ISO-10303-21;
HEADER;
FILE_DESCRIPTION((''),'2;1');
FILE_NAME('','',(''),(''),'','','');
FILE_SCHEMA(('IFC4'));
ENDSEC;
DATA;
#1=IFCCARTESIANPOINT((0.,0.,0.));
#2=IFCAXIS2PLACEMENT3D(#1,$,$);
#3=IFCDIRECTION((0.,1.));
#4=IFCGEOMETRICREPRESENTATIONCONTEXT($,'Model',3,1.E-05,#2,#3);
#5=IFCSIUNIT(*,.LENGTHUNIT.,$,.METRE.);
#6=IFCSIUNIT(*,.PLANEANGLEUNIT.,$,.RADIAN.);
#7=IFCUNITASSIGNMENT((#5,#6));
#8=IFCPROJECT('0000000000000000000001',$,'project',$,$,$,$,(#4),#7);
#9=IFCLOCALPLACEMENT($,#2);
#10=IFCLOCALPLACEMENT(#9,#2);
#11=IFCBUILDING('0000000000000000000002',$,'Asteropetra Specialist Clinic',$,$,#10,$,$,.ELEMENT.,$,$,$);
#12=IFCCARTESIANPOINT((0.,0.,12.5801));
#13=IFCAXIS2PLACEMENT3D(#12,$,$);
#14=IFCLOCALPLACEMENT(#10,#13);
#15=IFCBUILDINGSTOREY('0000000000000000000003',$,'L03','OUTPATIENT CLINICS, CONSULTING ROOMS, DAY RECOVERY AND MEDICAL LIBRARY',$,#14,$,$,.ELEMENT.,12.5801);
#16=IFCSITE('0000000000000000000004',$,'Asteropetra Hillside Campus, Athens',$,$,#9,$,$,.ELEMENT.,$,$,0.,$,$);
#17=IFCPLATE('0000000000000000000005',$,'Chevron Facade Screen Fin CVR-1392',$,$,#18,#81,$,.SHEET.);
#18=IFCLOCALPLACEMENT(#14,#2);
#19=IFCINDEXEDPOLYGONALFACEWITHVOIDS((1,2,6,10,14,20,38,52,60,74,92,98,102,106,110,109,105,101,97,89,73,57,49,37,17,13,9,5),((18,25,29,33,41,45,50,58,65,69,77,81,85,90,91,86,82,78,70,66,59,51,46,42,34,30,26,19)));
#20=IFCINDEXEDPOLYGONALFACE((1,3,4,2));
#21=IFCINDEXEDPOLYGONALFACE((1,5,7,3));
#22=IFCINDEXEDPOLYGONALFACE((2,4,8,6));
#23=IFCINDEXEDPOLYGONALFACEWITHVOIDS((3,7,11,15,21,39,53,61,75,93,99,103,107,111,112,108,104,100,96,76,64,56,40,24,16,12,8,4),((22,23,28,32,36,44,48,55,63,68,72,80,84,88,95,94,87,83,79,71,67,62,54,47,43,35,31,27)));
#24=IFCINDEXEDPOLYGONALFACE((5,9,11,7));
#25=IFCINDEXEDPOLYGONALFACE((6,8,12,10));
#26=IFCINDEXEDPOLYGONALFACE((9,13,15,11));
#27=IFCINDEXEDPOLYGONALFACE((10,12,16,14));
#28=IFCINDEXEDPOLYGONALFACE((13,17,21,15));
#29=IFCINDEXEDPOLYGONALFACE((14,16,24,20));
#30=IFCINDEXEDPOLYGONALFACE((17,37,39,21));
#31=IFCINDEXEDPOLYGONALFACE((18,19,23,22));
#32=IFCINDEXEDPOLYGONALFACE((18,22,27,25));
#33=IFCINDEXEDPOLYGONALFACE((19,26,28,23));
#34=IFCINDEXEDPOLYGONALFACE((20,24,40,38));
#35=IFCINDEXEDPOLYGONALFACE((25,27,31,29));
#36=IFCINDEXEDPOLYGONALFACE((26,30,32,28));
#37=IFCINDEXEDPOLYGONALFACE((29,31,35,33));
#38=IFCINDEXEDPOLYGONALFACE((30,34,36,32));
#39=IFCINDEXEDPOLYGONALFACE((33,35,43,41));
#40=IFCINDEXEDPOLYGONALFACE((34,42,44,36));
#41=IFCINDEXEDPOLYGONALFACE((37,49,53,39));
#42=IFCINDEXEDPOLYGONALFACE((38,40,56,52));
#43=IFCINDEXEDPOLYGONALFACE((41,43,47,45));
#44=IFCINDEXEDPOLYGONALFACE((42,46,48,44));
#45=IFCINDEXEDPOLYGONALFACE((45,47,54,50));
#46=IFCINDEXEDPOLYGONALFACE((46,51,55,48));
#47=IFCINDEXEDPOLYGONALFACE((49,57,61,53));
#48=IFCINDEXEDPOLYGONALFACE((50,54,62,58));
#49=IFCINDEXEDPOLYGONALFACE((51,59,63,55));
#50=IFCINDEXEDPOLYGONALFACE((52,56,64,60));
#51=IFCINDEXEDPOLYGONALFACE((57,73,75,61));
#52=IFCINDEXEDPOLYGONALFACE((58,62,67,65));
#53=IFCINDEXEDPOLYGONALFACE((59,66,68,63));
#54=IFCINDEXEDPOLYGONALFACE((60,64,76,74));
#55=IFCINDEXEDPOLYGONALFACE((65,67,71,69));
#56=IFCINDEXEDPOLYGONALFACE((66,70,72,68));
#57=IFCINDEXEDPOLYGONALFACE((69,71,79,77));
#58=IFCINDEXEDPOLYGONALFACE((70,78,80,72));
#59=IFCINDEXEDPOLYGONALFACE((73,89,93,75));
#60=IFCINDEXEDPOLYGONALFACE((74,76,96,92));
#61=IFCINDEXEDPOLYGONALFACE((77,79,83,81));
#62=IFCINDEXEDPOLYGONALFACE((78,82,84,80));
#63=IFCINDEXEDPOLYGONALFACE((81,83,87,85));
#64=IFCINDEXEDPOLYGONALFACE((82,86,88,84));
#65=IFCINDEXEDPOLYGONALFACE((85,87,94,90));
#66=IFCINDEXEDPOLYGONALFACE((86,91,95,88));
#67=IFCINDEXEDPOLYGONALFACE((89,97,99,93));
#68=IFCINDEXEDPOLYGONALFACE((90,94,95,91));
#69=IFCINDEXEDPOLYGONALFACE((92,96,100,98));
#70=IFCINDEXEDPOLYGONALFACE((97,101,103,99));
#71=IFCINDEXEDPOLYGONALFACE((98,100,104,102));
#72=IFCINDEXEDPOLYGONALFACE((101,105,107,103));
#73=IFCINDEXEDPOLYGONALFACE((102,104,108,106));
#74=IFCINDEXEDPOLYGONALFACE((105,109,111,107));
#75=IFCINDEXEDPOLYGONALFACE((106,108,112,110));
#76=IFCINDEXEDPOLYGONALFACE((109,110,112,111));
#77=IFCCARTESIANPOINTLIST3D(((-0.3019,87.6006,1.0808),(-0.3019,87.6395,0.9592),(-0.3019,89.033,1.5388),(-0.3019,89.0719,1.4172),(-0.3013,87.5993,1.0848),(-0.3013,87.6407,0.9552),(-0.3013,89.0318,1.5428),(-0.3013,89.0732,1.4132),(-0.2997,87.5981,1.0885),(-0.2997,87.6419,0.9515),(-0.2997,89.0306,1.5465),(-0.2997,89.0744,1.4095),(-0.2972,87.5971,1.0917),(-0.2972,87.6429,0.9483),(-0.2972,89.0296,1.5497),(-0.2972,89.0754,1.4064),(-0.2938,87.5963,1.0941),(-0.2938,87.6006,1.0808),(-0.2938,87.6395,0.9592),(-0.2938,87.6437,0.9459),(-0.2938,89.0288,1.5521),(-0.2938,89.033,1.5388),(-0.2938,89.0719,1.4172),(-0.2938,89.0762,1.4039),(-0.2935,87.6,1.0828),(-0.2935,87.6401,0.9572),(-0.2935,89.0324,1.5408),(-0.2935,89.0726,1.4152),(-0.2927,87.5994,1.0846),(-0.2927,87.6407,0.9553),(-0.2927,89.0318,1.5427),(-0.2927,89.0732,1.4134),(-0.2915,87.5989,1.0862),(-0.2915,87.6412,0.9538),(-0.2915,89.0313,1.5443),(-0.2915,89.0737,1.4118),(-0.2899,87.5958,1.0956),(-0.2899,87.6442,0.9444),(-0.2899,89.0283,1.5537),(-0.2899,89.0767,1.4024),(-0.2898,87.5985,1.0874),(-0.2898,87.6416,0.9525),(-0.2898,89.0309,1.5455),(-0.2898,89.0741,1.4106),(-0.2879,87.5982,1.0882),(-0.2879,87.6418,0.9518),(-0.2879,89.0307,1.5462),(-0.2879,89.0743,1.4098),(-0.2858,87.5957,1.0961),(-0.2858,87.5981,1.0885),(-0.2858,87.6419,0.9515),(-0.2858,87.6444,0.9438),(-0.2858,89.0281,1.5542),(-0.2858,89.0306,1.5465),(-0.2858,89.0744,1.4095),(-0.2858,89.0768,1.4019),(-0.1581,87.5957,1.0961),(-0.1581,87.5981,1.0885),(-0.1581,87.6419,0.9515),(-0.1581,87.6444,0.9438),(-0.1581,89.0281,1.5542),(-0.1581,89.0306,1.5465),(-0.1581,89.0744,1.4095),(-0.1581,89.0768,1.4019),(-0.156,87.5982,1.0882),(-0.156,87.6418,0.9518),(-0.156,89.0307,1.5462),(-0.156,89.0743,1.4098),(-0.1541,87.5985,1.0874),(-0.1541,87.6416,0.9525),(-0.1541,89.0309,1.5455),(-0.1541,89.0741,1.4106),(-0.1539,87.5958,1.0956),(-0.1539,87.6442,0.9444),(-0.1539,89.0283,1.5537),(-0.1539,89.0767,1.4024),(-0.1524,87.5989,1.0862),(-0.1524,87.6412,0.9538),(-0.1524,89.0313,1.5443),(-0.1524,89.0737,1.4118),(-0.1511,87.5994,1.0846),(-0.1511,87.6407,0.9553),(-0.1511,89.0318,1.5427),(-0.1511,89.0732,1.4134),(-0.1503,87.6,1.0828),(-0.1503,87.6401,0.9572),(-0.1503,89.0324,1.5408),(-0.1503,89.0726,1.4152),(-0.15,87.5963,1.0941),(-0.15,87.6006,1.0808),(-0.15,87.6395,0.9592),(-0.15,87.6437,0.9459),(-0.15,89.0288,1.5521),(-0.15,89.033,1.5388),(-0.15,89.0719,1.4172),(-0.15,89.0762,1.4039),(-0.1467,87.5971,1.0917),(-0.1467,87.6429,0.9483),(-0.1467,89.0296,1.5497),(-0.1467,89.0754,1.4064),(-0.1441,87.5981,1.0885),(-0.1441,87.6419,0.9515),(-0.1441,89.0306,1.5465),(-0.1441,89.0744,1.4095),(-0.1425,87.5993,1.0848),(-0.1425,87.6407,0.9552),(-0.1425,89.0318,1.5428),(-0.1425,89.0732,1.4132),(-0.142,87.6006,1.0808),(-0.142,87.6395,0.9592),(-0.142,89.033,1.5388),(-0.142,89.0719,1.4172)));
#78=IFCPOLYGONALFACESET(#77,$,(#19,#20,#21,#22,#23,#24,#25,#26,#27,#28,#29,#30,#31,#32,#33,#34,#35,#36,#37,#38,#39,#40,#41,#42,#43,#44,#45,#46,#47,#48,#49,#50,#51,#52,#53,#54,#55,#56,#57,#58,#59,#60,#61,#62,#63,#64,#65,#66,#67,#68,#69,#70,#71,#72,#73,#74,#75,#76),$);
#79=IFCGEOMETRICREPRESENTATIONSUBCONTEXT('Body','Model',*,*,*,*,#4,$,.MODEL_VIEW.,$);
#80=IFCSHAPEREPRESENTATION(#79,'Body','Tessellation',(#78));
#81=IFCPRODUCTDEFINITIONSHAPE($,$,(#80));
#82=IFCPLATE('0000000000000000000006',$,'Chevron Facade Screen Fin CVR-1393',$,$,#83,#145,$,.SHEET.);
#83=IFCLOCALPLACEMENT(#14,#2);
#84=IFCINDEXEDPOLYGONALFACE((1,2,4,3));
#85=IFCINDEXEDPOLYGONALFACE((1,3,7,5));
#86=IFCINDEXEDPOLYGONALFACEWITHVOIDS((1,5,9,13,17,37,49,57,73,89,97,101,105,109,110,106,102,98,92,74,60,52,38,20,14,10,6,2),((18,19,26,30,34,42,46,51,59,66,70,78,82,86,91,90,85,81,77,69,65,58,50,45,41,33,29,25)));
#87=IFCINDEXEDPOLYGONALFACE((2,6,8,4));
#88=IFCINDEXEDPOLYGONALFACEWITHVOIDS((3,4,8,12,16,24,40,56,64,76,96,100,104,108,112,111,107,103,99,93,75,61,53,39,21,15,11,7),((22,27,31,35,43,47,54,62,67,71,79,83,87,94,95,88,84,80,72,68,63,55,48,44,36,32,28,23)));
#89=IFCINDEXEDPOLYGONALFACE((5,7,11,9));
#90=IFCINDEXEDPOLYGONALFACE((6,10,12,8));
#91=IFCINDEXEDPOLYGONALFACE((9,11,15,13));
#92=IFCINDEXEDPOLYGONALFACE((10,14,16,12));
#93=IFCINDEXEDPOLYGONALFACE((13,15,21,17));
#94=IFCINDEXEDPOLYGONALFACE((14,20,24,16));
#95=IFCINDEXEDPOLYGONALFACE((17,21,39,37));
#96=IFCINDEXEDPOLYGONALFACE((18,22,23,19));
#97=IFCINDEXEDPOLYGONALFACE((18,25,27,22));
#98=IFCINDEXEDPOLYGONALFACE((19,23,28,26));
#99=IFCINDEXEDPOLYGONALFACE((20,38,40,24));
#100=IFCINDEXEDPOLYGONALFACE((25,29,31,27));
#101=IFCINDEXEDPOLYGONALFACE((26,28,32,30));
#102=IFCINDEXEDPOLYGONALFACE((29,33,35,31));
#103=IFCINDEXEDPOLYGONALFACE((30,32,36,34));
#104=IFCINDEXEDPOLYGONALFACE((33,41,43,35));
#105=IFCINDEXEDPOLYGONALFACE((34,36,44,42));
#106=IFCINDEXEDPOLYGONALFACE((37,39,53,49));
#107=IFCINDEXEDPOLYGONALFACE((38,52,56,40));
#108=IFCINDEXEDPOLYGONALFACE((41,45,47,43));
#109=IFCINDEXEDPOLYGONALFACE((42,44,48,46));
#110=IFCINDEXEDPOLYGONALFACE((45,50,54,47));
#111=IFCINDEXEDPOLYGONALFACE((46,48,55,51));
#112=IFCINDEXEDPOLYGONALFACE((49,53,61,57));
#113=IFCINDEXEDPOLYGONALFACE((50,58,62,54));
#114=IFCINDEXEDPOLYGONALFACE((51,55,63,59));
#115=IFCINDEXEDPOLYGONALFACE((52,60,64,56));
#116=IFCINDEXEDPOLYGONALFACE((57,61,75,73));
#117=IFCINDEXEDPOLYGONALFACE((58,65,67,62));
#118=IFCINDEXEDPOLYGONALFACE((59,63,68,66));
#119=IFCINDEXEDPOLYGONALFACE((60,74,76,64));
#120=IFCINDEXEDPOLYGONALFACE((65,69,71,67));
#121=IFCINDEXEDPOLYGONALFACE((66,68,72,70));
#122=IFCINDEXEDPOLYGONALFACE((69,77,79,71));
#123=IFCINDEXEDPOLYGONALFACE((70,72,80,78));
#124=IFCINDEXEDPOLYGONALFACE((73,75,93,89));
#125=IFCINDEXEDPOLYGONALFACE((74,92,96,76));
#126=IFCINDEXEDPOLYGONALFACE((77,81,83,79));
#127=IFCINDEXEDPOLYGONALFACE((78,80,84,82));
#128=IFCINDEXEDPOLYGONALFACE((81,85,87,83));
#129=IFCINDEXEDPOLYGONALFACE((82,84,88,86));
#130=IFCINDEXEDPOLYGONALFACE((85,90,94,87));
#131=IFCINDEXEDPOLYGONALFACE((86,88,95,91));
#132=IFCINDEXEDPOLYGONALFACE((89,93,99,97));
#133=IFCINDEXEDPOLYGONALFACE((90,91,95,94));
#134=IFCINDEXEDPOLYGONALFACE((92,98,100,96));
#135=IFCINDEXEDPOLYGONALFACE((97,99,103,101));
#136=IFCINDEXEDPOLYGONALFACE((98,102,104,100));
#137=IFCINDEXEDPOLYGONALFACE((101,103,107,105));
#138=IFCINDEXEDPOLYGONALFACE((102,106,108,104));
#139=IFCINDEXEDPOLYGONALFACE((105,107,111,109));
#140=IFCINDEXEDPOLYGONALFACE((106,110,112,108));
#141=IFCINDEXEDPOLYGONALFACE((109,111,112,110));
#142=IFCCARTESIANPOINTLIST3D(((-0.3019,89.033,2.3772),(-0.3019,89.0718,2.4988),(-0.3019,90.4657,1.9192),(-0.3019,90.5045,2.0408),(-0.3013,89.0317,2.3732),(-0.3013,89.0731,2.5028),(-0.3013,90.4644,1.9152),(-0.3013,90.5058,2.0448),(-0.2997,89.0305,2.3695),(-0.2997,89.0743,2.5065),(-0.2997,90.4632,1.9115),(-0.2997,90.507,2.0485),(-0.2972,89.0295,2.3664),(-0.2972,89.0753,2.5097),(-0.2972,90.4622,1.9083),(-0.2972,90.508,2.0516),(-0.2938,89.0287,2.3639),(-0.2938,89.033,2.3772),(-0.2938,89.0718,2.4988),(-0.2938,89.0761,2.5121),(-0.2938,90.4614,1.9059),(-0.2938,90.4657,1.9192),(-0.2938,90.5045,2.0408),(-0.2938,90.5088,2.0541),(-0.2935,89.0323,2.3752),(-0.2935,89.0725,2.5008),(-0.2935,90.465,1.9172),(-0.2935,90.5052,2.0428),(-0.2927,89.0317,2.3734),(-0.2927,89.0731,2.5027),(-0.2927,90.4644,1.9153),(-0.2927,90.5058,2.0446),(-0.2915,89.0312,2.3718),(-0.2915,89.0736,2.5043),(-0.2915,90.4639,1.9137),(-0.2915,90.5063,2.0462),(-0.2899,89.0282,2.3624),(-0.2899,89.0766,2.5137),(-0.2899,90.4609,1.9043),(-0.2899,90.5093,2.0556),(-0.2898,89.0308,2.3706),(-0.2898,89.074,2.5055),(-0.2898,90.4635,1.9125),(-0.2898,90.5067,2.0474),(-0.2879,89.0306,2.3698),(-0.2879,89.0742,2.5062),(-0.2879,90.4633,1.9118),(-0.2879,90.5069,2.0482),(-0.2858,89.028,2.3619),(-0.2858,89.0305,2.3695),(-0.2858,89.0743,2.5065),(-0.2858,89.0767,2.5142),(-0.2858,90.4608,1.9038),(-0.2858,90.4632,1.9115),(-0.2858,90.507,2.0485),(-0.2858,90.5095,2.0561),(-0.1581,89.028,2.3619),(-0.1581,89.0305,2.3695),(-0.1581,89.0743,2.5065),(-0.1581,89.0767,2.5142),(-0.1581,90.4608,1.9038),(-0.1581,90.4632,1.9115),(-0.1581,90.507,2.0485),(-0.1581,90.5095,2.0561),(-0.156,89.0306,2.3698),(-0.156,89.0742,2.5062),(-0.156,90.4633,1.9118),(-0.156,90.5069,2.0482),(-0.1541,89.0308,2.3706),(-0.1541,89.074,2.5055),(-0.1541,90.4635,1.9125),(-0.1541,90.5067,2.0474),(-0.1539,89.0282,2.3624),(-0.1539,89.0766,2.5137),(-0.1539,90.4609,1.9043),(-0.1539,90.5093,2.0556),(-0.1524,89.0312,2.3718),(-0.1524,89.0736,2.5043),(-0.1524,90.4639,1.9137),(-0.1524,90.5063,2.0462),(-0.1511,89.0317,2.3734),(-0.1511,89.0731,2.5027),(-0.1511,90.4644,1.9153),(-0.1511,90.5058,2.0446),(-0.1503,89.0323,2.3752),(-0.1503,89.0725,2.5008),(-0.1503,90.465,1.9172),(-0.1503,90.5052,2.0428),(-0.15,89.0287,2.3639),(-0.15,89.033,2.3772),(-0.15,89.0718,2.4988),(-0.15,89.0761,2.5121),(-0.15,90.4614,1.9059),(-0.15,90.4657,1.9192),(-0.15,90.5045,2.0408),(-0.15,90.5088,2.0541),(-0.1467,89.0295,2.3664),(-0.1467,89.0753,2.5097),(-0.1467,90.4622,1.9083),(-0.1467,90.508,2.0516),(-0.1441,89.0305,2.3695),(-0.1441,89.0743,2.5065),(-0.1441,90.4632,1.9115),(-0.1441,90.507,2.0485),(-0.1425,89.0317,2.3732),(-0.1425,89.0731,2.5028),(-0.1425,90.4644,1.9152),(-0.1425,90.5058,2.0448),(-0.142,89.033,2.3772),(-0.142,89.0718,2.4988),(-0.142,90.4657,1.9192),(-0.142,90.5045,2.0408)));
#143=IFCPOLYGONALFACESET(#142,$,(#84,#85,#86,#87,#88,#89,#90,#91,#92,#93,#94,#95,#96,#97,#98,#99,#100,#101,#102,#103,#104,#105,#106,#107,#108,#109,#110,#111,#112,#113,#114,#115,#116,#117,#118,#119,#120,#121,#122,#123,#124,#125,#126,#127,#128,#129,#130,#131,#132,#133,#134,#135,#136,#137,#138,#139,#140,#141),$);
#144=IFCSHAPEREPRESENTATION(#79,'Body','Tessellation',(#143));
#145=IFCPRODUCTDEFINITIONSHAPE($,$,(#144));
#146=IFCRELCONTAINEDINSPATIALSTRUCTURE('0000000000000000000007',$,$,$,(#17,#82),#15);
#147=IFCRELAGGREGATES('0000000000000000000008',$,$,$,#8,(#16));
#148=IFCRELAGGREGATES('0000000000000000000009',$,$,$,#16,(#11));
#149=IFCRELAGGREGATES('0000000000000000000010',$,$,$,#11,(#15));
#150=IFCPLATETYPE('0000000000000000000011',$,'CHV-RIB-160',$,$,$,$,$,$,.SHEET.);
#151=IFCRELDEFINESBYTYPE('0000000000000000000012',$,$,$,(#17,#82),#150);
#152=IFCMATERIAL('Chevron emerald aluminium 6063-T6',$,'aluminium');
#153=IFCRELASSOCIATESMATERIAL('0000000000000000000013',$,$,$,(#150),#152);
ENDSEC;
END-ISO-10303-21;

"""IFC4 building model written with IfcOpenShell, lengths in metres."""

from ifc_helpers import new_model, si_unit, direction, frame, origin, origin_2d, place, context, subcontext, project, spatial, hollow_rectangle, extrude, material, material_profile, profile_set, type_object, element, save


model = new_model("IFC4")

# Units and contexts
model_context = context("Model", 3, precision=1e-05, world=origin(), true_north=direction((0.0, 1.0)))
body_context = subcontext(model_context, "Body", "Model", "MODEL_VIEW")
ifc_project = project(units=[si_unit("LENGTHUNIT", "METRE"), si_unit("PLANEANGLEUNIT", "RADIAN")], contexts=[model_context])

# Site, building, storey
site_placement = place(None, origin())
site = spatial("IfcSite", under=ifc_project, at=site_placement, Name="Asteropetra Hillside Campus, Athens", CompositionType="ELEMENT", RefElevation=0.0)
building_placement = place(site_placement, origin())
building = spatial("IfcBuilding", under=site, at=building_placement, Name="Asteropetra Specialist Clinic", CompositionType="ELEMENT")
storey_placement = place(building_placement, frame((0.0, 0.0, 12.5801)))
storey = spatial("IfcBuildingStorey", under=building, at=storey_placement, Name="L03", Description="OUTPATIENT CLINICS, CONSULTING ROOMS, DAY RECOVERY AND MEDICAL LIBRARY", CompositionType="ELEMENT", Elevation=12.5801)

# Plates
ifc_material_1 = material(Name="Chevron emerald aluminium 6063-T6", Category="aluminium")
ifc_material_profile_1 = material_profile(ifc_material_1, hollow_rectangle(XDim=0.1599, YDim=0.1599, WallThickness=0.0081, InnerFilletRadius=0.0081, OuterFilletRadius=0.0161, at=origin_2d()), Name="SHS 160x160x8.0")
ifc_profile_set_1 = profile_set([ifc_material_profile_1], Name="Chevron emerald aluminium 6063-T6")
plate_type_1 = type_object("IfcPlateType", Name="CHV-RIB-160", PredefinedType="SHEET", material=ifc_profile_set_1)
plate_1_placement = place(storey_placement, frame((-0.2219, 89.0525, 1.478), z_axis=(0.0, -0.952492, -0.304564), x_axis=(1.0, 0.0, 0.0)))
element("IfcPlate", 1, at=plate_1_placement, inside=storey, type_object=plate_type_1, Name="Chevron Facade Screen Fin CVR-1392", PredefinedType="SHEET", context=body_context, shape_type="SweptSolid", body=[
    extrude(hollow_rectangle(XDim=0.1599, YDim=0.1599, WallThickness=0.0081, InnerFilletRadius=0.0081, OuterFilletRadius=0.0161, at=origin_2d()), origin(), (0.0, 0.0, 1.0), 1.5039),
])
plate_2_placement = place(storey_placement, frame((-0.2219, 90.4851, 1.98), z_axis=(0.0, -0.952507, 0.304517), x_axis=(1.0, 0.0, 0.0)))
element("IfcPlate", 2, at=plate_2_placement, inside=storey, type_object=plate_type_1, Name="Chevron Facade Screen Fin CVR-1393", PredefinedType="SHEET", context=body_context, shape_type="SweptSolid", body=[
    extrude(hollow_rectangle(XDim=0.1599, YDim=0.1599, WallThickness=0.0081, InnerFilletRadius=0.0081, OuterFilletRadius=0.0161, at=origin_2d()), origin(), (0.0, 0.0, 1.0), 1.5042),
])

save(model, "model.ifc")
